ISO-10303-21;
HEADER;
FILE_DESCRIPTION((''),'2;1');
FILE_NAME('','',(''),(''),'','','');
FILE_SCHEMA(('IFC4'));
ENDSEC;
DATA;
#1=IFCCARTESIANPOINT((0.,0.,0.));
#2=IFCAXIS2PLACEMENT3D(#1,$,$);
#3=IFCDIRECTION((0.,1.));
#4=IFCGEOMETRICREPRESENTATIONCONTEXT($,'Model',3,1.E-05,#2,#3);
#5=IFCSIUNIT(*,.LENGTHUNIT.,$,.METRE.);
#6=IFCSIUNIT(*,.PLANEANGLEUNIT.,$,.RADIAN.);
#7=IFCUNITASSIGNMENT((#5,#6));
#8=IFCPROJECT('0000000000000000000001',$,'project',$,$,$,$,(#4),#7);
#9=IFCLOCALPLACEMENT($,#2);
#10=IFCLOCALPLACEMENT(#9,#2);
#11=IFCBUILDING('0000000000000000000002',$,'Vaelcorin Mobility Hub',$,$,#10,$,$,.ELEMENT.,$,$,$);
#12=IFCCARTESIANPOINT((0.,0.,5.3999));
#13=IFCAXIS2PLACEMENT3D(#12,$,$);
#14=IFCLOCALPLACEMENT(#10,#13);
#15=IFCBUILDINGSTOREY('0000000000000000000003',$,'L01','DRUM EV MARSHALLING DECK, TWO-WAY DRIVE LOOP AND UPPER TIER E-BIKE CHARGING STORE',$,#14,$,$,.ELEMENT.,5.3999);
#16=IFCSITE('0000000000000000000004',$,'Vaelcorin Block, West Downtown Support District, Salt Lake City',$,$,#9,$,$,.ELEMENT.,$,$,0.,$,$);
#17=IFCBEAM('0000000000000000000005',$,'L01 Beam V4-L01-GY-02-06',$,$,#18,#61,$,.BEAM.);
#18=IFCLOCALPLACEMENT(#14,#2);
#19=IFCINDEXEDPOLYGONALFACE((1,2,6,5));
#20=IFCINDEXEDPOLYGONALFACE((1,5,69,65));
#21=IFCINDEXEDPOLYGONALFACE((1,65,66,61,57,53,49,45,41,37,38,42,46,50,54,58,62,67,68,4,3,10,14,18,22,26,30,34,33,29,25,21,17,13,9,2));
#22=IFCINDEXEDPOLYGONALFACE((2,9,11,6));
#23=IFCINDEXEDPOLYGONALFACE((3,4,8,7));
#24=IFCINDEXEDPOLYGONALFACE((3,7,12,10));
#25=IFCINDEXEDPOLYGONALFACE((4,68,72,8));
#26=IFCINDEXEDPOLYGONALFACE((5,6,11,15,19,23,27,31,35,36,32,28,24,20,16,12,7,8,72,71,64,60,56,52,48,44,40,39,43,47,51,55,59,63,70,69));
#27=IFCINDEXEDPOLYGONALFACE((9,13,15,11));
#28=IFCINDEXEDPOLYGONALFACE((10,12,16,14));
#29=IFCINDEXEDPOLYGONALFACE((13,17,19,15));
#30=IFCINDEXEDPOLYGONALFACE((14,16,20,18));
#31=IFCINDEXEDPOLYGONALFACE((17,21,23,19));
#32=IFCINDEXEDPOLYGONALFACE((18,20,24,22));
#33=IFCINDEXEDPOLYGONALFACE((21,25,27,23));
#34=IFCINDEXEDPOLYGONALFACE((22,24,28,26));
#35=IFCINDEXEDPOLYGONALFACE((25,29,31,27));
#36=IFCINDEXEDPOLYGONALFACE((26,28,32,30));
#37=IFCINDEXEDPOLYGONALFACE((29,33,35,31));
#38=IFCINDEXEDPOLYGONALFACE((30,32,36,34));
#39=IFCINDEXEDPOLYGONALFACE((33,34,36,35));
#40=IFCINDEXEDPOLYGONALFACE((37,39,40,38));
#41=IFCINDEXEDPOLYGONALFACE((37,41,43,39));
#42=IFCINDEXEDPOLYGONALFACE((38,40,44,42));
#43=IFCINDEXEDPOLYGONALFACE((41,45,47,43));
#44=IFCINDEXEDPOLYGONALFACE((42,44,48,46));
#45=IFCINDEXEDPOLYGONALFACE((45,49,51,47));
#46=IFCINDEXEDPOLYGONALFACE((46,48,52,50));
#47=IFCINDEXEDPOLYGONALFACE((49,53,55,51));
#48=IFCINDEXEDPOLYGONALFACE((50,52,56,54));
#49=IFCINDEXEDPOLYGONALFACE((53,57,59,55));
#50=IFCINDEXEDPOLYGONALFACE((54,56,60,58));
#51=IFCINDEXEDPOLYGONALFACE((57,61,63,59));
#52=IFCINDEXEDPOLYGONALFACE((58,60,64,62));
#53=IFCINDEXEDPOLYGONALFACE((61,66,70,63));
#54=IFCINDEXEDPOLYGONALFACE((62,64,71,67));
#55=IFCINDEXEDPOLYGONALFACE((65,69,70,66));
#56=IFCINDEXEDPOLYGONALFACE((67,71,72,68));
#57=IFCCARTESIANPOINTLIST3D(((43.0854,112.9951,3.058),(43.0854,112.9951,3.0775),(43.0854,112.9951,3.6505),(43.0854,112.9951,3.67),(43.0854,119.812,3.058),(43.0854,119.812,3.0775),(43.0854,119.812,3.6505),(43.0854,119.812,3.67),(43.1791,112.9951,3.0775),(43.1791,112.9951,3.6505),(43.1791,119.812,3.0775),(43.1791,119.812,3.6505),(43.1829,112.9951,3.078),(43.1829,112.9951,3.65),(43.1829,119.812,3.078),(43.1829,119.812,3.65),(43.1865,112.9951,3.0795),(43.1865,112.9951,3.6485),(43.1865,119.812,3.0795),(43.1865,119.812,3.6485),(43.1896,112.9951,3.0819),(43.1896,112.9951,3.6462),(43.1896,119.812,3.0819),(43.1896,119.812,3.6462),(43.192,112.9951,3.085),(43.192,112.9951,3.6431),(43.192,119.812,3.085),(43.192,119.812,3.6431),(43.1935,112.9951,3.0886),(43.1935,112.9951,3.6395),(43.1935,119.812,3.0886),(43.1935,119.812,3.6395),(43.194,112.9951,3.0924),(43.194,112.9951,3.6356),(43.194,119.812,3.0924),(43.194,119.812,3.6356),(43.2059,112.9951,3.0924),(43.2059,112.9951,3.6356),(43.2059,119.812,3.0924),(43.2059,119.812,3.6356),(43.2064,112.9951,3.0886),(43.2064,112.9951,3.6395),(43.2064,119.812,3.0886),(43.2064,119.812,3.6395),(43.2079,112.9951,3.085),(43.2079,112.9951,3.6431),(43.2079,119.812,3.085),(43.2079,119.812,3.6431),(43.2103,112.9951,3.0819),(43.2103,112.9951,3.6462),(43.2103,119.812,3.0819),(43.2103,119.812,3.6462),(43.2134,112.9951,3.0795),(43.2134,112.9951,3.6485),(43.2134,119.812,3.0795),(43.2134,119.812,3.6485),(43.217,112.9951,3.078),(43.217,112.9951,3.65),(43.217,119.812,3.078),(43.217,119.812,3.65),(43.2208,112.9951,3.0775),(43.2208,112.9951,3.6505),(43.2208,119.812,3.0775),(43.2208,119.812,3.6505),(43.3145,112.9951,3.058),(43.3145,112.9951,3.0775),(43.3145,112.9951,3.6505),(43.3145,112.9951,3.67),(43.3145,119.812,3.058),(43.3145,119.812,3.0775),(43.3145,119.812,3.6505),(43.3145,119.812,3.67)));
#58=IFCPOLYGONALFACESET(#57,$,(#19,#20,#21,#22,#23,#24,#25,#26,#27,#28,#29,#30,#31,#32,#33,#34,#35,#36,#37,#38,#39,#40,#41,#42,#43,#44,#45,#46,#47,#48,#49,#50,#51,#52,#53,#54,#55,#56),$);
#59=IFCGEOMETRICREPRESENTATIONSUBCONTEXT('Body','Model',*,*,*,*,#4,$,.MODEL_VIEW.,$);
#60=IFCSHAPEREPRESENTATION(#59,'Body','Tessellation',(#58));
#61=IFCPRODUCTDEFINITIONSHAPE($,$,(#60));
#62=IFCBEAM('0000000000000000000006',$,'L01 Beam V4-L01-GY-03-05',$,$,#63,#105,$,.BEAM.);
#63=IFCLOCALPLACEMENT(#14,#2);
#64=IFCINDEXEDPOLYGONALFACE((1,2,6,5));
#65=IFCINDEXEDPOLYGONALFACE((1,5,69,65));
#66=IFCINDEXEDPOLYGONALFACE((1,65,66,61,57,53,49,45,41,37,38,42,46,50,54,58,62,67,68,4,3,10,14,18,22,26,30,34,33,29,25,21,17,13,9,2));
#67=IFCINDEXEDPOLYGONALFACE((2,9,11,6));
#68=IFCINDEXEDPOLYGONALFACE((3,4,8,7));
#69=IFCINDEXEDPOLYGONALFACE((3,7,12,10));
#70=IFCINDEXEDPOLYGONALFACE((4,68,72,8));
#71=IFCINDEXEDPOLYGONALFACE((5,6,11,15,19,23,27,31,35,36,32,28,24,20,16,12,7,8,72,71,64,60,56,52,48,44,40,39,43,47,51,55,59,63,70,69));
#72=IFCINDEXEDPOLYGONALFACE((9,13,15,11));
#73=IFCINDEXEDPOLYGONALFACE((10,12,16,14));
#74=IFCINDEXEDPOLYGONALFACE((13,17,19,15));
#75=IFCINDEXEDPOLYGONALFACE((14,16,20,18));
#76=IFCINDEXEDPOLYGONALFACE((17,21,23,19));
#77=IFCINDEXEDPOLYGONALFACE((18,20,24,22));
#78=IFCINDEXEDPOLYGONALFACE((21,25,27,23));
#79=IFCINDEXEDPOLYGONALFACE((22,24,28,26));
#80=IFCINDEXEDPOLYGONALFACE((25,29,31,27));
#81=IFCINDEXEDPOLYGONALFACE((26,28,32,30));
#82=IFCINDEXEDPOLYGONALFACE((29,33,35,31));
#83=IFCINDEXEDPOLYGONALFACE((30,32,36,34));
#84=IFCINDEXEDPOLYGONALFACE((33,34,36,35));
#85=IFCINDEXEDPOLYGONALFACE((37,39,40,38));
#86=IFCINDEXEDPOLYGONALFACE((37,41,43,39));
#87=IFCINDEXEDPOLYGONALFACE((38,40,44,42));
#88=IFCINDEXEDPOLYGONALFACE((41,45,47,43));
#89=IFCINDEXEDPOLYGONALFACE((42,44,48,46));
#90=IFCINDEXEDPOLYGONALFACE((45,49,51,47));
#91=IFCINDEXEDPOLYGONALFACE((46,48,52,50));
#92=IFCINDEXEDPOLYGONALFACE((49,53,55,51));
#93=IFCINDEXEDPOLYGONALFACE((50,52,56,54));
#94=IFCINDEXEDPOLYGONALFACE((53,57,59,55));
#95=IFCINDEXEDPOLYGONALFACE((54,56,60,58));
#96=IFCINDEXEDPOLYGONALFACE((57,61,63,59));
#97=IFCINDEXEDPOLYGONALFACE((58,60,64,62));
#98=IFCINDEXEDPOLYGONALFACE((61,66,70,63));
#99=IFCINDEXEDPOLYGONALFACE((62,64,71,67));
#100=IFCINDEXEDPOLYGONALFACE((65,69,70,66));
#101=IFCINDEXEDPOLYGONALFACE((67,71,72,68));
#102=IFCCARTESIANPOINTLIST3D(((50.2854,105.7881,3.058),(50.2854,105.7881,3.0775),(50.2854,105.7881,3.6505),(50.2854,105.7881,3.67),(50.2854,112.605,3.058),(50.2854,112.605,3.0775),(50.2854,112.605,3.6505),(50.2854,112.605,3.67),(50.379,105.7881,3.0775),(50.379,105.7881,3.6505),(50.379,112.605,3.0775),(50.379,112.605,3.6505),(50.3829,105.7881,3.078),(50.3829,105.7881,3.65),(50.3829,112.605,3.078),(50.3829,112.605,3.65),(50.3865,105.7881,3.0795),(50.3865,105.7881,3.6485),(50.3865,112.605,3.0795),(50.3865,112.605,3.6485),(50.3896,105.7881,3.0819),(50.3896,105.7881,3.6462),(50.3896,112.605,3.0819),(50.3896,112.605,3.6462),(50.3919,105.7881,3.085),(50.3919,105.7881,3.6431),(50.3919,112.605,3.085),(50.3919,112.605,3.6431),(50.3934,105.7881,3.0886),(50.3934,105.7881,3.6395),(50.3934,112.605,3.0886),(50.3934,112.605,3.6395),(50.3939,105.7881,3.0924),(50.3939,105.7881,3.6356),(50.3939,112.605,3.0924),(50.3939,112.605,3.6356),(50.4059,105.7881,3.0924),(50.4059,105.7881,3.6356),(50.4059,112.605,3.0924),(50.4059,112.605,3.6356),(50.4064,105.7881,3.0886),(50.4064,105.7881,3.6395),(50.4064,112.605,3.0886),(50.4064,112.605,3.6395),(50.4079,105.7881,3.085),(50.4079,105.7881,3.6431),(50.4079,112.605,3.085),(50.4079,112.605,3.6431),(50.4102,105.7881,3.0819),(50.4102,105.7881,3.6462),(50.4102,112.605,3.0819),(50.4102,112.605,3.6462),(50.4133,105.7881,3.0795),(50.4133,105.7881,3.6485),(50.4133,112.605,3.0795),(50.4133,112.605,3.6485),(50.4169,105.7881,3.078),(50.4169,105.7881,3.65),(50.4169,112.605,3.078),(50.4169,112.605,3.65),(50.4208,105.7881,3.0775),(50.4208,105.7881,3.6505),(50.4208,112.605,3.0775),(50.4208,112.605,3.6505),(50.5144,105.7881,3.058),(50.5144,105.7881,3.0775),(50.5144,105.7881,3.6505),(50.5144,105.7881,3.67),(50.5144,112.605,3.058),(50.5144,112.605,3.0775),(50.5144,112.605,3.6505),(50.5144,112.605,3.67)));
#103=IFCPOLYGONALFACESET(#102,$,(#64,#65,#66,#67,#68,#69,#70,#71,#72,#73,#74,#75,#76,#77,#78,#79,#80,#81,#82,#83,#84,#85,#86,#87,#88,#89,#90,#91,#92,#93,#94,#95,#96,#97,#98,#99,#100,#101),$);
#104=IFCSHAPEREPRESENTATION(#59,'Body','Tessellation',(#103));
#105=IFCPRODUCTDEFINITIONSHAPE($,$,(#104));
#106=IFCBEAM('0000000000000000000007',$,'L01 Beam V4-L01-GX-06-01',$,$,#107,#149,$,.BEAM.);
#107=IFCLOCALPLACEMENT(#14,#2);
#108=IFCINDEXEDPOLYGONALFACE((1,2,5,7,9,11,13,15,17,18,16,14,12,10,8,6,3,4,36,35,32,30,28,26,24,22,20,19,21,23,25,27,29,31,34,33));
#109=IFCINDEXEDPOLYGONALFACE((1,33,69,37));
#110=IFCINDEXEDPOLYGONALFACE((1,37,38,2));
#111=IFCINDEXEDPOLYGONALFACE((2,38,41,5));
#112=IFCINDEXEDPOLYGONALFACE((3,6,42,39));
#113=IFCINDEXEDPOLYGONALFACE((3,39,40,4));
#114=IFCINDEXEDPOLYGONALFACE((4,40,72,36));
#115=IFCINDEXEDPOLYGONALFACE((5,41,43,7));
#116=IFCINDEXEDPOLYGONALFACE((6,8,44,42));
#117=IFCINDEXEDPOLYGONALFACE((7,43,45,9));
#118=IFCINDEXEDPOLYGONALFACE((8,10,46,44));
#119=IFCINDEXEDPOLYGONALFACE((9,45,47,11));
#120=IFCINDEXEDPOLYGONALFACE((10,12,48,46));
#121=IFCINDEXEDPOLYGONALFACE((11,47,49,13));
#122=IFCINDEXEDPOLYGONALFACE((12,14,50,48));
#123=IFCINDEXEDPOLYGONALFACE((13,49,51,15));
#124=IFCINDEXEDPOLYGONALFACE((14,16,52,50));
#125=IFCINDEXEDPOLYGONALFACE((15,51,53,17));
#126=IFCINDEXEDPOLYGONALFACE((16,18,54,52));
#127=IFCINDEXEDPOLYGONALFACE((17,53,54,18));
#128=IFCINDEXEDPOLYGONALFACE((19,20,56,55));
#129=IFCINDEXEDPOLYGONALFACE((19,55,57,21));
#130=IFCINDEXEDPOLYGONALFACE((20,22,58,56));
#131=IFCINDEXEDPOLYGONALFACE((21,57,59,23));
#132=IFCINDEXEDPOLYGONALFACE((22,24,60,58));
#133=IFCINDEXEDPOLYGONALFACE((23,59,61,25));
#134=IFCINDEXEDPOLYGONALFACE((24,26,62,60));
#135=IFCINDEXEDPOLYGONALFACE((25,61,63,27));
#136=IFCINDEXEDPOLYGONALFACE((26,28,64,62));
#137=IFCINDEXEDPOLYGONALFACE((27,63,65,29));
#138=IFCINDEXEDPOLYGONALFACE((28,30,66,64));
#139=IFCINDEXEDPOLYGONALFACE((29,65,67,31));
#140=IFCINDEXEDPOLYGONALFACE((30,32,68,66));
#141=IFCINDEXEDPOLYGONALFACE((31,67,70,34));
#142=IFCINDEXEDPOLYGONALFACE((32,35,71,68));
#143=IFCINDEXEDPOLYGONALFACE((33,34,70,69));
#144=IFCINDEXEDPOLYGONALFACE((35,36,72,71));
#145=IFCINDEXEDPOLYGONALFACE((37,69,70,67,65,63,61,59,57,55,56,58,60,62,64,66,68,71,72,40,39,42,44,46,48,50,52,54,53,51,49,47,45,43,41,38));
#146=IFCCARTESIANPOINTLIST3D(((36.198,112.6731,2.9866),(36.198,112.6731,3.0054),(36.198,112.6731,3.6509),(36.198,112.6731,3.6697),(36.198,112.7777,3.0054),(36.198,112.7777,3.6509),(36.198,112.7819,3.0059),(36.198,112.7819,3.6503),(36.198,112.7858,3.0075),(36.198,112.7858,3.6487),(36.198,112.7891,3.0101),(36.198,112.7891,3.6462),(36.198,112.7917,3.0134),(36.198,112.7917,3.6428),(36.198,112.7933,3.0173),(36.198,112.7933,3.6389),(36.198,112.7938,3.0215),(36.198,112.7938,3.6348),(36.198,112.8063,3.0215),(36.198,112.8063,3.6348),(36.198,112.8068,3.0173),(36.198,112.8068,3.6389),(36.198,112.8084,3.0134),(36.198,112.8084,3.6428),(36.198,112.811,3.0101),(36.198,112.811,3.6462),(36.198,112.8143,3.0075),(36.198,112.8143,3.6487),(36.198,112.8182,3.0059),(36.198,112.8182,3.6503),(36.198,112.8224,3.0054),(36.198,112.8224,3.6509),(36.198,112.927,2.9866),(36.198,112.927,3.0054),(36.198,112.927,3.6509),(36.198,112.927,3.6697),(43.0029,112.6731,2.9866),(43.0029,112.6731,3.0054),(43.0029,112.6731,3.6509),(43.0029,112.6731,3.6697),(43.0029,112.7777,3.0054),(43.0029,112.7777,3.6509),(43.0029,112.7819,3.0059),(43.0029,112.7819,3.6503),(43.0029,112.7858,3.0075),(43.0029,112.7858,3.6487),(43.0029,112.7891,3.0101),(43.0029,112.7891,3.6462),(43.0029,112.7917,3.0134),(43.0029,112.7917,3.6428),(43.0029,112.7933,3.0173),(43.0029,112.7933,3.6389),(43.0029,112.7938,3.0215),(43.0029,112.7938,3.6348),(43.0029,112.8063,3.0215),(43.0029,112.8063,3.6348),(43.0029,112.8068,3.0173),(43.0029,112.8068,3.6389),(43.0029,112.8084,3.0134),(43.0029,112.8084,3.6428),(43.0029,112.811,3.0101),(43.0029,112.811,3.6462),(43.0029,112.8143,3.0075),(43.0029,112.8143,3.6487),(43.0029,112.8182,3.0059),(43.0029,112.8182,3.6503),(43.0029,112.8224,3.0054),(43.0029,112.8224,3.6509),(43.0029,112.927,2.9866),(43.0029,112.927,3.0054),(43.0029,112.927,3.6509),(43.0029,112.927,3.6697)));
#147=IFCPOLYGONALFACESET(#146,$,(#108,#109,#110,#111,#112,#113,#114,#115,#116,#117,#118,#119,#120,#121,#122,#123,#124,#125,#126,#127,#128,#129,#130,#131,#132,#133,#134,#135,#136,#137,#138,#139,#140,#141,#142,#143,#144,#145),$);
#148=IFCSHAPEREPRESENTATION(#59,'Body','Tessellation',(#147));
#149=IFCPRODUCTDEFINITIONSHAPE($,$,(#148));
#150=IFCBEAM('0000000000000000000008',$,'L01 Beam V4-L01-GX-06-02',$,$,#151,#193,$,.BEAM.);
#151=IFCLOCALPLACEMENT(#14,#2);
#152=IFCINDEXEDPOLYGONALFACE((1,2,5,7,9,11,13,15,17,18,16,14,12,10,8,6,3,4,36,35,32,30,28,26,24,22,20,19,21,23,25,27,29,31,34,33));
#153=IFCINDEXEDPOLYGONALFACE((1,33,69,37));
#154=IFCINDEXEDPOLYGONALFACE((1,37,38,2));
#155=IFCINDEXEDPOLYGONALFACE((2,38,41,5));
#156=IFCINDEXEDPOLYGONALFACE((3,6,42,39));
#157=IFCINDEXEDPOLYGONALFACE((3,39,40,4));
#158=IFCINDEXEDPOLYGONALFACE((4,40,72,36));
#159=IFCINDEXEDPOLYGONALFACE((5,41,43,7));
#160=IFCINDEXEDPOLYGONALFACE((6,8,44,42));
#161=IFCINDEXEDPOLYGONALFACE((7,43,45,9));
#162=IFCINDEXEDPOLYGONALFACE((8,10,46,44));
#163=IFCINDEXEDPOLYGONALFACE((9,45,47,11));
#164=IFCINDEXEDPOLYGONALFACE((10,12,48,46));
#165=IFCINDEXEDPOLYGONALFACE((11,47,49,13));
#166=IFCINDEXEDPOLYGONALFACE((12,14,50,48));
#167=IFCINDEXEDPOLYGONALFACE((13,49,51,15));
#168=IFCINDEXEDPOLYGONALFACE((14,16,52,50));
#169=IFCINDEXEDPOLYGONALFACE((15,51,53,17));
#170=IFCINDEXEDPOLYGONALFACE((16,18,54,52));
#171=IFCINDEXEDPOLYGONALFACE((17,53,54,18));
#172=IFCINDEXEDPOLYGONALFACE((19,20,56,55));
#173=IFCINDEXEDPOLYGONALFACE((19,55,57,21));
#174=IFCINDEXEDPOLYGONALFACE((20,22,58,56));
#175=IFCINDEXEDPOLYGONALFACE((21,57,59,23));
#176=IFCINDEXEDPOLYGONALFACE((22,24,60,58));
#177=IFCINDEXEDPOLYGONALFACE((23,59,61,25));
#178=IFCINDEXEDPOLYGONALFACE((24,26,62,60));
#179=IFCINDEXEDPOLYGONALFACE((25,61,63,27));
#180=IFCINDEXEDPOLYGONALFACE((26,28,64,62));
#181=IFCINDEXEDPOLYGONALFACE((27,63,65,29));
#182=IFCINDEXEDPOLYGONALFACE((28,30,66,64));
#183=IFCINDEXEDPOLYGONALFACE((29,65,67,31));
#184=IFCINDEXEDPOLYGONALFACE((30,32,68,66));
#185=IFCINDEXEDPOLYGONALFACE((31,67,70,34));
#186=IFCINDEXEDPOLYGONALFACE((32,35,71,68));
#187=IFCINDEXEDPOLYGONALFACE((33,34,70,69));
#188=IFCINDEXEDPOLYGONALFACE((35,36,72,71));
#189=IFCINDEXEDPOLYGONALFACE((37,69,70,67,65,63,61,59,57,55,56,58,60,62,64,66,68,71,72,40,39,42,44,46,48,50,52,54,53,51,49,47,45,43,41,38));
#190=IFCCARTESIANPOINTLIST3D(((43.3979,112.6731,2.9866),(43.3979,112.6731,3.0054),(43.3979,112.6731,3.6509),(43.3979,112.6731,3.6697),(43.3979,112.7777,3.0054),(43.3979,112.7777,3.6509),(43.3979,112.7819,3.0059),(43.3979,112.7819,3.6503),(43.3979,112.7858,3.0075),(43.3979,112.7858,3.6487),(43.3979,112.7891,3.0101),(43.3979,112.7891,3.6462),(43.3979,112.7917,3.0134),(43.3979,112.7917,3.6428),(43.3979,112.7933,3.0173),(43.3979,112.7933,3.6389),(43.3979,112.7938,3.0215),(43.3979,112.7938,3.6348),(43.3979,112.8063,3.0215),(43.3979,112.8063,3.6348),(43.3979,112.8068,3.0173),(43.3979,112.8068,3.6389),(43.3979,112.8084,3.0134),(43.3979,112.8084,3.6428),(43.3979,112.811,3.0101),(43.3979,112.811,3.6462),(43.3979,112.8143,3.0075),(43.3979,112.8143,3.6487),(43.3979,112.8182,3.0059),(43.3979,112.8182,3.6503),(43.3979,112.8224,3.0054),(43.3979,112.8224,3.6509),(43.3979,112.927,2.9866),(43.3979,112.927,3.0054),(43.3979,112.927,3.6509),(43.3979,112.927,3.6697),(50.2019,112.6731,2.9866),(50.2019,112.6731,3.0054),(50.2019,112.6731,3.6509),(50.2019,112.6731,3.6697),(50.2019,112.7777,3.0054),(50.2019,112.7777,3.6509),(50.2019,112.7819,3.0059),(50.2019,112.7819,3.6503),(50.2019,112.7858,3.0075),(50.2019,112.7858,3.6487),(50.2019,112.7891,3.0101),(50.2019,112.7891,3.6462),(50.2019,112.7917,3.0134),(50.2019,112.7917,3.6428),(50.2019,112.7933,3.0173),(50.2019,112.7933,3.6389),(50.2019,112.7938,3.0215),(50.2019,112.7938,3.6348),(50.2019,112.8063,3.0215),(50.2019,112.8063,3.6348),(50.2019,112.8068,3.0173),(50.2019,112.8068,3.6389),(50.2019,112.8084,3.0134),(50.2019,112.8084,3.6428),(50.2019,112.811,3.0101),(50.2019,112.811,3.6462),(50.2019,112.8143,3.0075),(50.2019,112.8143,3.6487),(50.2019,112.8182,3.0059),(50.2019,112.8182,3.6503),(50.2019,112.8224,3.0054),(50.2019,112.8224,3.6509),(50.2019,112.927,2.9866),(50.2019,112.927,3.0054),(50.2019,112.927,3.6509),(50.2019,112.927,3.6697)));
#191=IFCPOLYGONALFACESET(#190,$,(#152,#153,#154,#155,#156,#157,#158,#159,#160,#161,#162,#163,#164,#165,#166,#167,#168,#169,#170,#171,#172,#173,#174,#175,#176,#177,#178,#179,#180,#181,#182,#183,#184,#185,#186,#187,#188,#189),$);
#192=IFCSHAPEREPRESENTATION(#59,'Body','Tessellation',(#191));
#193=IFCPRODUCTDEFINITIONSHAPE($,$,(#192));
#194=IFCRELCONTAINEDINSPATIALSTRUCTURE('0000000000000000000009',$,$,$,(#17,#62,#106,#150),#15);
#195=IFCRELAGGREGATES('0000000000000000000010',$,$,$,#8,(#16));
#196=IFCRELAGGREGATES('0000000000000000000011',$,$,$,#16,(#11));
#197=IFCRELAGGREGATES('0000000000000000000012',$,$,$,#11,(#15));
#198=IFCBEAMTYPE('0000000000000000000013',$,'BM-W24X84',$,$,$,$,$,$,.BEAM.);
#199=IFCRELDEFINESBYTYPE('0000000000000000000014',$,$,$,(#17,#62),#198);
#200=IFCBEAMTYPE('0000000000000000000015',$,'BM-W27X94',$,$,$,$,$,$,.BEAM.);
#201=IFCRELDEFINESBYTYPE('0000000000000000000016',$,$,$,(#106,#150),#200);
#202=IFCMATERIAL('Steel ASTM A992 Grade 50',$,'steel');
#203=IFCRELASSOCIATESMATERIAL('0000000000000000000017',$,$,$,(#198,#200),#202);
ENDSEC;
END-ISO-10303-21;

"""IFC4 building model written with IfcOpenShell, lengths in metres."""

from ifc_helpers import new_model, si_unit, direction, frame, origin, origin_2d, place, context, subcontext, project, spatial, i_section, extrude, material, material_profile, profile_set, type_object, element, save


model = new_model("IFC4")

# Units and contexts
model_context = context("Model", 3, precision=1e-05, world=origin(), true_north=direction((0.0, 1.0)))
body_context = subcontext(model_context, "Body", "Model", "MODEL_VIEW")
ifc_project = project(units=[si_unit("LENGTHUNIT", "METRE"), si_unit("PLANEANGLEUNIT", "RADIAN")], contexts=[model_context])

# Site, building, storey
site_placement = place(None, origin())
site = spatial("IfcSite", under=ifc_project, at=site_placement, Name="Vaelcorin Block, West Downtown Support District, Salt Lake City", CompositionType="ELEMENT", RefElevation=0.0)
building_placement = place(site_placement, origin())
building = spatial("IfcBuilding", under=site, at=building_placement, Name="Vaelcorin Mobility Hub", CompositionType="ELEMENT")
storey_placement = place(building_placement, frame((0.0, 0.0, 5.3999)))
storey = spatial("IfcBuildingStorey", under=building, at=storey_placement, Name="L01", Description="DRUM EV MARSHALLING DECK, TWO-WAY DRIVE LOOP AND UPPER TIER E-BIKE CHARGING STORE", CompositionType="ELEMENT", Elevation=5.3999)

# Shared definitions
ifc_material_1 = material(Name="Steel ASTM A992 Grade 50", Category="steel")

# Beams
ifc_material_profile_1 = material_profile(ifc_material_1, i_section(OverallWidth=0.229, OverallDepth=0.6121, WebThickness=0.012, FlangeThickness=0.0195, FilletRadius=0.0149, at=origin_2d()), Name="W24X84")
ifc_profile_set_1 = profile_set([ifc_material_profile_1], Name="Steel ASTM A992 Grade 50")
beam_type_1 = type_object("IfcBeamType", Name="BM-W24X84", PredefinedType="BEAM", material=ifc_profile_set_1)
for number, where, z_axis, x_axis, name in (
    (1, (43.2, 112.9951, 3.364), (0.0, 1.0, 0.0), (-1.0, 0.0, 0.0), "L01 Beam V4-L01-GY-02-06"),
    (2, (50.3999, 105.7881, 3.364), (0.0, 1.0, 0.0), (-1.0, 0.0, 0.0), "L01 Beam V4-L01-GY-03-05"),
):
    element("IfcBeam", number, at=place(storey_placement, frame(where, z_axis=z_axis, x_axis=x_axis)), inside=storey, type_object=beam_type_1, Name=name, PredefinedType="BEAM", context=body_context, shape_type="SweptSolid", body=[
        extrude(i_section(OverallWidth=0.229, OverallDepth=0.6121, WebThickness=0.012, FlangeThickness=0.0195, FilletRadius=0.0149, at=origin_2d()), origin(), (0.0, 0.0, 1.0), 6.8169),
    ])
ifc_material_profile_2 = material_profile(ifc_material_1, i_section(OverallWidth=0.2539, OverallDepth=0.6831, WebThickness=0.0125, FlangeThickness=0.0188, FilletRadius=0.0161, at=origin_2d()), Name="W27X94")
ifc_profile_set_2 = profile_set([ifc_material_profile_2], Name="Steel ASTM A992 Grade 50")
beam_type_2 = type_object("IfcBeamType", Name="BM-W27X94", PredefinedType="BEAM", material=ifc_profile_set_2)
beam_1_placement = place(storey_placement, frame((36.198, 112.8, 3.3281), z_axis=(1.0, 0.0, 0.0), x_axis=(0.0, 1.0, 0.0)))
element("IfcBeam", 3, at=beam_1_placement, inside=storey, type_object=beam_type_2, Name="L01 Beam V4-L01-GX-06-01", PredefinedType="BEAM", context=body_context, shape_type="SweptSolid", body=[
    extrude(i_section(OverallWidth=0.2539, OverallDepth=0.6831, WebThickness=0.0125, FlangeThickness=0.0188, FilletRadius=0.0161, at=origin_2d()), origin(), (0.0, 0.0, 1.0), 6.8049),
])
beam_2_placement = place(storey_placement, frame((43.3979, 112.8, 3.3281), z_axis=(1.0, 0.0, 0.0), x_axis=(0.0, 1.0, 0.0)))
element("IfcBeam", 4, at=beam_2_placement, inside=storey, type_object=beam_type_2, Name="L01 Beam V4-L01-GX-06-02", PredefinedType="BEAM", context=body_context, shape_type="SweptSolid", body=[
    extrude(i_section(OverallWidth=0.2539, OverallDepth=0.6831, WebThickness=0.0125, FlangeThickness=0.0188, FilletRadius=0.0161, at=origin_2d()), origin(), (0.0, 0.0, 1.0), 6.804),
])

save(model, "model.ifc")
